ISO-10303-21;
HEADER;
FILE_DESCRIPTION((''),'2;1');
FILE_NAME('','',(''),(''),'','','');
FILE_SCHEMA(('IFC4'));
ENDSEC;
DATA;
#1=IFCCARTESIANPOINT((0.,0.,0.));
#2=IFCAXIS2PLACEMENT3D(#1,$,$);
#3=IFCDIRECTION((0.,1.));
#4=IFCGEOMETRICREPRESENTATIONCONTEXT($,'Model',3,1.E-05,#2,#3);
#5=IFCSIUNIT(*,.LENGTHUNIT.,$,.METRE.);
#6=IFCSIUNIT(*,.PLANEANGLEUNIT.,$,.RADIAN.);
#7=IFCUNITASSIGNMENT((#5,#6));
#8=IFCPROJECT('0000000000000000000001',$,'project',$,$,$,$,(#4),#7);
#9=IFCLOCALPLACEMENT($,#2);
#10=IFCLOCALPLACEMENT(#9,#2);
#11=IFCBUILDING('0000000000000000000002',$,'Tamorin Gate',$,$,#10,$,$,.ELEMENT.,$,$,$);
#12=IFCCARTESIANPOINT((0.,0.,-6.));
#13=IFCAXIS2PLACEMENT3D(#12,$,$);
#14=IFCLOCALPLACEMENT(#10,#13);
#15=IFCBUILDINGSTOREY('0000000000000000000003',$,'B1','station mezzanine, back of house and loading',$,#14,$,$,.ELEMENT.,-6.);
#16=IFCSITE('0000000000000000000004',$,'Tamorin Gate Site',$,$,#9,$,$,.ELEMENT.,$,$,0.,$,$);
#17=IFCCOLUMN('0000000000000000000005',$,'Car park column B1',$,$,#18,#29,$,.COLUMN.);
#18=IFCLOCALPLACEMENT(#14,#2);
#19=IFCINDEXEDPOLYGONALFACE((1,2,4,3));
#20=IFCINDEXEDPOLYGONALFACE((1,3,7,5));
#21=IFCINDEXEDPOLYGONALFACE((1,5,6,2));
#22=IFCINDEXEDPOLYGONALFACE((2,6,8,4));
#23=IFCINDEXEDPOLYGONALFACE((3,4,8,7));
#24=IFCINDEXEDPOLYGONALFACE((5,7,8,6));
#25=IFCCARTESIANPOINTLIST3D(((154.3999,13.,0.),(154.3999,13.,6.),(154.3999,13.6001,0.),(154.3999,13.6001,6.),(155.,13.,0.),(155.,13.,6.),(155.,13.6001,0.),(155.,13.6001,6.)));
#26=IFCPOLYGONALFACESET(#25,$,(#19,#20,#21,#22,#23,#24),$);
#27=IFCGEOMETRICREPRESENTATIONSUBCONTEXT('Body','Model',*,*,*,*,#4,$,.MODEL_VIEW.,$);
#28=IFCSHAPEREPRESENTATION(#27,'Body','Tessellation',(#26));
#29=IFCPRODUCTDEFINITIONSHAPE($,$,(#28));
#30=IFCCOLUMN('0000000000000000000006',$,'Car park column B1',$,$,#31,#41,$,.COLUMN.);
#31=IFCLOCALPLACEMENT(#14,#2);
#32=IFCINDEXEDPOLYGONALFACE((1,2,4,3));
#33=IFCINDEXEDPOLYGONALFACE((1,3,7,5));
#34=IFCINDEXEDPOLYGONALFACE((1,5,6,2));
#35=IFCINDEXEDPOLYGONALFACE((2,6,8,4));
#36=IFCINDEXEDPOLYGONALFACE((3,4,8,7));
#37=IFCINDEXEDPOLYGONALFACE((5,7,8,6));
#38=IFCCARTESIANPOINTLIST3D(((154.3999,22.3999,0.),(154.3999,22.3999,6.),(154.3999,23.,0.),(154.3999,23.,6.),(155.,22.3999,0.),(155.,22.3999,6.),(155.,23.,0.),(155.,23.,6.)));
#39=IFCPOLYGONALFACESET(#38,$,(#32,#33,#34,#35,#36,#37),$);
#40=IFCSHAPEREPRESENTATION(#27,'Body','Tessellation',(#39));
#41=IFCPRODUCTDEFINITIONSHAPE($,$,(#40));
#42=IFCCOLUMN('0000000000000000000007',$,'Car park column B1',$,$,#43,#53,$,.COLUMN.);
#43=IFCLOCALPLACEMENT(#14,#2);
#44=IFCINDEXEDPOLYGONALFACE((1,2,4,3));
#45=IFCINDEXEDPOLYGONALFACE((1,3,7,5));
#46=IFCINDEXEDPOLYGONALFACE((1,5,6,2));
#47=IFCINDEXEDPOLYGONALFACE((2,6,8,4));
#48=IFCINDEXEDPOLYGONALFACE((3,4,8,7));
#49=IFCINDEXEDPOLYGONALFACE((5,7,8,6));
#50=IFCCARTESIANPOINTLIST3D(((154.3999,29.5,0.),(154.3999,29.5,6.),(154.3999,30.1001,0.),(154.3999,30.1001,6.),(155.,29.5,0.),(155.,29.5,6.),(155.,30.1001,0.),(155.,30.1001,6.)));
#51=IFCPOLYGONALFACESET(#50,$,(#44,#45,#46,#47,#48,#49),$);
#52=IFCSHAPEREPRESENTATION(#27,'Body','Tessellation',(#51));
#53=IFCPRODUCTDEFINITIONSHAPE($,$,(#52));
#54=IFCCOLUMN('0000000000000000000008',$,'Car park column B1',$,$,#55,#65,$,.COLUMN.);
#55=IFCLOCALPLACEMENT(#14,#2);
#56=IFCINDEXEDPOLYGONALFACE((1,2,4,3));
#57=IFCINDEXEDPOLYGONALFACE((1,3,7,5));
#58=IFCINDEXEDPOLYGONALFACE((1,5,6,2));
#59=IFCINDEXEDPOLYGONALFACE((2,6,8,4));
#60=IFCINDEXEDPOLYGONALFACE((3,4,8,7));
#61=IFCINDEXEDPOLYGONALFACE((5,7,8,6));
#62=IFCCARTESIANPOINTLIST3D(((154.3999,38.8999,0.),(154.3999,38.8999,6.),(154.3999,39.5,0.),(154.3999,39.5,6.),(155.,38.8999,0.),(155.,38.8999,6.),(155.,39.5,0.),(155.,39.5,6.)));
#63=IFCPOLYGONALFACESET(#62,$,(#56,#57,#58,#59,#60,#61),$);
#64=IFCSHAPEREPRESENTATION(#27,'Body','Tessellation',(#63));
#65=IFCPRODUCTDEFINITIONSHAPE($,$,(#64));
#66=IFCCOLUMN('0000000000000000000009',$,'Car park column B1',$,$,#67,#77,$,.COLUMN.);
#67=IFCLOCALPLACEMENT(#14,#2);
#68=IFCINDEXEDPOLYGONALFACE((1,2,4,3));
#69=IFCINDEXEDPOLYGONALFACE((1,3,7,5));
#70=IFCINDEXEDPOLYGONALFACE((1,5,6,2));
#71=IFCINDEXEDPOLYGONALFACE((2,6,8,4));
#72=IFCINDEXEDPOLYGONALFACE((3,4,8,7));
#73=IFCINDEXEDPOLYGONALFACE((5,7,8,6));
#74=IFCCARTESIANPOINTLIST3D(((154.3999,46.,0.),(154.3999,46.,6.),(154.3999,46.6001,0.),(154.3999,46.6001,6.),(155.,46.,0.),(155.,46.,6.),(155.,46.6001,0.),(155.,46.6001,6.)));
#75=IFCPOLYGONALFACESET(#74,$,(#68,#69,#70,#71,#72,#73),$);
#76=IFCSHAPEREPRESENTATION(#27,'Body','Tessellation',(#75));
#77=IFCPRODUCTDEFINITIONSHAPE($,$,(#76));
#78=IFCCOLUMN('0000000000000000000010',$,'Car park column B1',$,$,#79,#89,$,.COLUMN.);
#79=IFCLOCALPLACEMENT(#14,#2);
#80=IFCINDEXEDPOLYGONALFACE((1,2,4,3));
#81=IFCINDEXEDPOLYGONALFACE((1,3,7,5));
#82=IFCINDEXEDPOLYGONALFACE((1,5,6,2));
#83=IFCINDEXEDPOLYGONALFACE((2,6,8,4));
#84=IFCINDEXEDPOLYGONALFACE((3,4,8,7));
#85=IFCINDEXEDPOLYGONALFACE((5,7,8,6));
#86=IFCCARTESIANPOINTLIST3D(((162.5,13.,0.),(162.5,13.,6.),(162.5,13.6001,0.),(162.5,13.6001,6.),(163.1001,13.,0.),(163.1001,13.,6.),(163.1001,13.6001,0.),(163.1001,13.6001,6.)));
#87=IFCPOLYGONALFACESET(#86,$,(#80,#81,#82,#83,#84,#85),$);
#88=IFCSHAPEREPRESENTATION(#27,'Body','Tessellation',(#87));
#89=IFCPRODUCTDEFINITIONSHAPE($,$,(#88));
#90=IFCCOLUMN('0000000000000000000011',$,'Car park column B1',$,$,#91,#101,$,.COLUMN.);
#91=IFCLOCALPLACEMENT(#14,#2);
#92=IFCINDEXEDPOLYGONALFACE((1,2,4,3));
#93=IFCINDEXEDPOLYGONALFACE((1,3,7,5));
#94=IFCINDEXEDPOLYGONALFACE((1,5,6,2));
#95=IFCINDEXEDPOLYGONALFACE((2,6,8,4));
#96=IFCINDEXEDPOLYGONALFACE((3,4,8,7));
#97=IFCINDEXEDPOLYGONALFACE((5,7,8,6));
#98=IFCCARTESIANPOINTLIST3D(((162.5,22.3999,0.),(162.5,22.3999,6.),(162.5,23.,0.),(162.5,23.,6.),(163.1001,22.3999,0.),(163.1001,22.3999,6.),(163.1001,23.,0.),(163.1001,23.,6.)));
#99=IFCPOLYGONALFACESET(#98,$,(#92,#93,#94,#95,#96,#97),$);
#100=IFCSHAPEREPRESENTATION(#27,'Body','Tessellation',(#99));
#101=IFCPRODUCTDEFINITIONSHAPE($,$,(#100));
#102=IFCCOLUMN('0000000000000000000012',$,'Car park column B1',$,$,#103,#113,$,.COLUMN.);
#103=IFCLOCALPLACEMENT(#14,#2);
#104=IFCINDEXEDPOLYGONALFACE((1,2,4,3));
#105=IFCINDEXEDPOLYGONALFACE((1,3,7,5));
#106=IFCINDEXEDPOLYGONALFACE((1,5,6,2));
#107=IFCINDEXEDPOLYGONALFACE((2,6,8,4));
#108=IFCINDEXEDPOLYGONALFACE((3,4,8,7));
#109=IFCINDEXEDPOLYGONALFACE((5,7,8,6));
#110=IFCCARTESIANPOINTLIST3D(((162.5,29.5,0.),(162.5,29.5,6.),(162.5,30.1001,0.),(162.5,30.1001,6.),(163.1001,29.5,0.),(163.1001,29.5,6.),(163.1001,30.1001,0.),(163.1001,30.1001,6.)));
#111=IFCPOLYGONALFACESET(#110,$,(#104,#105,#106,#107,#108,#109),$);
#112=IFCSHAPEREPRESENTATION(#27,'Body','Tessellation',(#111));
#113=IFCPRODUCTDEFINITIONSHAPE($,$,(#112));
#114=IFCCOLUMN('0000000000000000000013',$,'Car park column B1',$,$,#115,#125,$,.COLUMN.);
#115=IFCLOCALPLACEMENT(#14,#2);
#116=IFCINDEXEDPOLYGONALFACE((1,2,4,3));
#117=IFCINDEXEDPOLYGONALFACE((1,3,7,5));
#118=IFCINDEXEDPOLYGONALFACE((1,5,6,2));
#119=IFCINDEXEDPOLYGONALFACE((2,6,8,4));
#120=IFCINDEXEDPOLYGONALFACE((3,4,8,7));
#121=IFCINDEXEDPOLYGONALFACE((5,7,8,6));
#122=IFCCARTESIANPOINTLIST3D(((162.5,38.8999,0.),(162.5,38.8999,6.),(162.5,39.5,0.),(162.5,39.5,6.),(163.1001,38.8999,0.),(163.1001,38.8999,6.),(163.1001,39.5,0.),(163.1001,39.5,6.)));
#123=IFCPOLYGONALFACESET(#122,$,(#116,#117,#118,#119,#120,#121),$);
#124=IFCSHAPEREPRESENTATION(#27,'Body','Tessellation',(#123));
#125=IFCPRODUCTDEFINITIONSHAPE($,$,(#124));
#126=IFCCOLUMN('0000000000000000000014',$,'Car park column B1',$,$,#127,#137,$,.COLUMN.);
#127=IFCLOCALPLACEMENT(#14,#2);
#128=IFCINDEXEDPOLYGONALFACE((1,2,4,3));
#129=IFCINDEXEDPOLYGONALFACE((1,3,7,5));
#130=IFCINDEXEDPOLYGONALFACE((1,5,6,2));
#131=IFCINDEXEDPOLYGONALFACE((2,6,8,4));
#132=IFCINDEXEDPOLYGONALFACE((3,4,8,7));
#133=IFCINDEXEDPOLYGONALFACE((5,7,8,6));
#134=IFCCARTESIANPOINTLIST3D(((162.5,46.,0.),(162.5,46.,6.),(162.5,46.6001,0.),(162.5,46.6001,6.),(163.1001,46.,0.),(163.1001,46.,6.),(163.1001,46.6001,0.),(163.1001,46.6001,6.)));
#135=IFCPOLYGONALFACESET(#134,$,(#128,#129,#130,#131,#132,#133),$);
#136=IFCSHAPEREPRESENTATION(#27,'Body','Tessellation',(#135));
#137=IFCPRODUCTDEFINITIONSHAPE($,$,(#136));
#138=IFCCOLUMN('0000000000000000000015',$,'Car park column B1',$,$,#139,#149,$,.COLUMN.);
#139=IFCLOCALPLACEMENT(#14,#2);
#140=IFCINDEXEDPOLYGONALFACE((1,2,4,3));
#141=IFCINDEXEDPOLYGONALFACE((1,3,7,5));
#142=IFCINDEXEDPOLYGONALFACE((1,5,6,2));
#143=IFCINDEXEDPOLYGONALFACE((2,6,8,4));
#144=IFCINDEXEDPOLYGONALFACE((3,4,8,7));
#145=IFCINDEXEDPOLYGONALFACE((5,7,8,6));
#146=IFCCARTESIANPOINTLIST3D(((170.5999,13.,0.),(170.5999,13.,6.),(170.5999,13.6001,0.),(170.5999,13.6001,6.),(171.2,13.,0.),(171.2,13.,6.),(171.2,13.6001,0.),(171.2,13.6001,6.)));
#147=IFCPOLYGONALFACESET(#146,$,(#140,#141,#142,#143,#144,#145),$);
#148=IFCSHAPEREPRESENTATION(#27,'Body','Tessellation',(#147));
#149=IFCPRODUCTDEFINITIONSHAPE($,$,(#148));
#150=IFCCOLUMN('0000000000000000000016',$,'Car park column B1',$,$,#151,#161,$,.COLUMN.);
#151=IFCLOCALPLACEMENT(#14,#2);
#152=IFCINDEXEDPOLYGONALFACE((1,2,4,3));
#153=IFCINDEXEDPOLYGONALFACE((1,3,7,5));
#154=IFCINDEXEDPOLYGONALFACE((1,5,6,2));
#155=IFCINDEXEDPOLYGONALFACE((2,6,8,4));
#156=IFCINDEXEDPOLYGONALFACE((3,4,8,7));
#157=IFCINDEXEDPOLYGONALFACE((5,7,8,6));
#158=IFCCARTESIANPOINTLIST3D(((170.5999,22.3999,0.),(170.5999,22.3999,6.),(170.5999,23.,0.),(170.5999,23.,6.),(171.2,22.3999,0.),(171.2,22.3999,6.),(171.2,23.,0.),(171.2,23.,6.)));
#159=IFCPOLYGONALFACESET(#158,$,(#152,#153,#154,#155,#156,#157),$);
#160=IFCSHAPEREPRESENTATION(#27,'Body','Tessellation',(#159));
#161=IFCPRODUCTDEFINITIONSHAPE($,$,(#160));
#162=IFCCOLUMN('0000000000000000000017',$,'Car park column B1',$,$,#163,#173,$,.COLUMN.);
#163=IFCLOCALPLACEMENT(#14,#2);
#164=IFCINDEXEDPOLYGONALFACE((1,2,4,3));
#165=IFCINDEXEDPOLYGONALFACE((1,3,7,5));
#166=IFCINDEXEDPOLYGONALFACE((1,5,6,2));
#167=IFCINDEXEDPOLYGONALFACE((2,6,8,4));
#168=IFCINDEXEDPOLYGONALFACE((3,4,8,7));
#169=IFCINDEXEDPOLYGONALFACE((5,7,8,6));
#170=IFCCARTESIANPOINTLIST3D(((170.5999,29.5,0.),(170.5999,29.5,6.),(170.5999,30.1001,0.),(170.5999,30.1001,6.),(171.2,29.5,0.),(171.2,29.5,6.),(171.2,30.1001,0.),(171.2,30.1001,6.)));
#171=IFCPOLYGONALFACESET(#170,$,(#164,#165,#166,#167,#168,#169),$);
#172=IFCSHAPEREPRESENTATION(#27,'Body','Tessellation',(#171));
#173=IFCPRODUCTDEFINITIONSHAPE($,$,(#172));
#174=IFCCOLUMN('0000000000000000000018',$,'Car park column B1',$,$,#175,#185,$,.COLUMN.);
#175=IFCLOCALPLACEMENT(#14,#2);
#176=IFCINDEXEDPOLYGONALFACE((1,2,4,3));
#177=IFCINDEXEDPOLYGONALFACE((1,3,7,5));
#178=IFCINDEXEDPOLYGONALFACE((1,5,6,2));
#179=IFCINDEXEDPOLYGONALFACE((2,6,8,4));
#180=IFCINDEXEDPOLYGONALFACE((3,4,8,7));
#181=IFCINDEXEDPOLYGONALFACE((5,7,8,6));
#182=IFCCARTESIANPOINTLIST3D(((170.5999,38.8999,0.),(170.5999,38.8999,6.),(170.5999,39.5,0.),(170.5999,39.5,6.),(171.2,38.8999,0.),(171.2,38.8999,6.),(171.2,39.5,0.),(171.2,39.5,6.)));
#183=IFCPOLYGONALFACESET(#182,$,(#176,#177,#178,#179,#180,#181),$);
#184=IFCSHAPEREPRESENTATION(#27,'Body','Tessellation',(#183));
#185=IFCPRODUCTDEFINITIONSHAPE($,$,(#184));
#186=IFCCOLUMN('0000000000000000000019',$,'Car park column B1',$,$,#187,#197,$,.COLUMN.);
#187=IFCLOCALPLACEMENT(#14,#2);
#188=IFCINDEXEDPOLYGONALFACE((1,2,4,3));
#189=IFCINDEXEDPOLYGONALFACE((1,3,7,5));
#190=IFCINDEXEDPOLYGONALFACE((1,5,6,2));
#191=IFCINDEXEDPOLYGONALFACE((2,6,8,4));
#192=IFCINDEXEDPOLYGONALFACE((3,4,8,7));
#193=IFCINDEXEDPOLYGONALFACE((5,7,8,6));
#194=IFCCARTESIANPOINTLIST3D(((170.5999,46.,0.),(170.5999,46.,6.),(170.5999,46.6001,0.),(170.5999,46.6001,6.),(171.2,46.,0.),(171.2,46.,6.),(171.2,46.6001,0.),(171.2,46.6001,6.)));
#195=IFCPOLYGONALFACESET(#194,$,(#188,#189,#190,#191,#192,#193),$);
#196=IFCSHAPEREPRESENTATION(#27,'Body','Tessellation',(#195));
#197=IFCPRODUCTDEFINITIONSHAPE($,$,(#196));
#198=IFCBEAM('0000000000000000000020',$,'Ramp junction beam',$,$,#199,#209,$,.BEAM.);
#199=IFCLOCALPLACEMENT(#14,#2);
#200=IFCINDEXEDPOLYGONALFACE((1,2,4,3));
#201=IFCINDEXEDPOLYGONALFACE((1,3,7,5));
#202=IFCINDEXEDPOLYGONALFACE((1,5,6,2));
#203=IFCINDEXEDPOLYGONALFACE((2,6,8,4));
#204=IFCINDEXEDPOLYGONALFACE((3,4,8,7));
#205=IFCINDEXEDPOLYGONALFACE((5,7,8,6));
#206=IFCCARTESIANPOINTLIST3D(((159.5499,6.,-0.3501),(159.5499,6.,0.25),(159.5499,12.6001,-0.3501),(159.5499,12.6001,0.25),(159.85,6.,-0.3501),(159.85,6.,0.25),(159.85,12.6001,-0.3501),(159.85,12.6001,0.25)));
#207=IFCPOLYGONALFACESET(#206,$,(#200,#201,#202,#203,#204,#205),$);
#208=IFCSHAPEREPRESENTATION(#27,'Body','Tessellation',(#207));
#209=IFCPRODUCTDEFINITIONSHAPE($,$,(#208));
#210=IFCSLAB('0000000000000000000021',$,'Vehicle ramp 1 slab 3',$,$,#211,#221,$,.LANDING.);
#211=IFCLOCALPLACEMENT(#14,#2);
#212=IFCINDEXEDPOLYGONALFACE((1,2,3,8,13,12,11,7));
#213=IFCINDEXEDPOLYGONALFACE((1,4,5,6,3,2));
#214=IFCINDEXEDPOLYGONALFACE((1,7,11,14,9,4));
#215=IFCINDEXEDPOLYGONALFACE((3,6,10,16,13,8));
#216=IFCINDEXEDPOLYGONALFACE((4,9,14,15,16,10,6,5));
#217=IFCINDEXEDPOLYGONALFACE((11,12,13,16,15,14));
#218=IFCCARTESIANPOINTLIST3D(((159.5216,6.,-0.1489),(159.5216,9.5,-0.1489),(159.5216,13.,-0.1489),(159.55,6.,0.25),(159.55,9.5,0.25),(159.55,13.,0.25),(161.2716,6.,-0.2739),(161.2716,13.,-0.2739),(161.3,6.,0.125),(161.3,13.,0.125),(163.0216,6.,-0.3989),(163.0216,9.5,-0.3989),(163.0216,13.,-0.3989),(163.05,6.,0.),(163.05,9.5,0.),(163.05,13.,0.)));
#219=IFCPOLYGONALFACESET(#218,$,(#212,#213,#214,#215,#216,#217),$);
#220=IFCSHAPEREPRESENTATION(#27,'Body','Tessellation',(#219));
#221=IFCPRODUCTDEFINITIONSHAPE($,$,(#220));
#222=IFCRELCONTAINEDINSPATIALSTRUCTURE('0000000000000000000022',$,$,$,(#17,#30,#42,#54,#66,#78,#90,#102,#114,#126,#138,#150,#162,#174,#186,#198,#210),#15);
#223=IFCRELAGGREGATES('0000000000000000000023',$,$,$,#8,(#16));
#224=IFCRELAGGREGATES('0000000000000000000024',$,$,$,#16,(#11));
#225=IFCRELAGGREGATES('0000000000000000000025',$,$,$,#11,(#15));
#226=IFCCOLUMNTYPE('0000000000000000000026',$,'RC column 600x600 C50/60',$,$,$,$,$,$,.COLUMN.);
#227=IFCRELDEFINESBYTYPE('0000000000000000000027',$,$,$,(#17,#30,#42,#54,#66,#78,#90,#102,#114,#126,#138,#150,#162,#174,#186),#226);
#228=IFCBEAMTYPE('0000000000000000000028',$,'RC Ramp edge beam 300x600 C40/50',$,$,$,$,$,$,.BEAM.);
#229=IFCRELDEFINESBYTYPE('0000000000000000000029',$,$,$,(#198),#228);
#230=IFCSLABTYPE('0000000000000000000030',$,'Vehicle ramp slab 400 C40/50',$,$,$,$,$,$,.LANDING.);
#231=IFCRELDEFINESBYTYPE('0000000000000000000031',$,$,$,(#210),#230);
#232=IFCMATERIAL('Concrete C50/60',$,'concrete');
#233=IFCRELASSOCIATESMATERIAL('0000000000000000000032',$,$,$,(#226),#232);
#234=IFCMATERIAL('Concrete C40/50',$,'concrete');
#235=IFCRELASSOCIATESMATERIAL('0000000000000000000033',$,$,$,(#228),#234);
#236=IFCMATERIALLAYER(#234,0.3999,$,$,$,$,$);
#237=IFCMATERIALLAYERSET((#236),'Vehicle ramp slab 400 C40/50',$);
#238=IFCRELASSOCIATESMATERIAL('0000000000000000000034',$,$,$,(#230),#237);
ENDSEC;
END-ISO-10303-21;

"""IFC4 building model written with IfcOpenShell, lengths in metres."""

from ifc_helpers import new_model, si_unit, direction, frame, origin, origin_2d, place, context, subcontext, project, spatial, polyline, rectangle, outline, extrude, material, layer, layer_set, material_profile, profile_set, type_object, element, save


model = new_model("IFC4")

# Units and contexts
model_context = context("Model", 3, precision=1e-05, world=origin(), true_north=direction((0.0, 1.0)))
body_context = subcontext(model_context, "Body", "Model", "MODEL_VIEW")
ifc_project = project(units=[si_unit("LENGTHUNIT", "METRE"), si_unit("PLANEANGLEUNIT", "RADIAN")], contexts=[model_context])

# Site, building, storey
site_placement = place(None, origin())
site = spatial("IfcSite", under=ifc_project, at=site_placement, Name="Tamorin Gate Site", CompositionType="ELEMENT", RefElevation=0.0)
building_placement = place(site_placement, origin())
building = spatial("IfcBuilding", under=site, at=building_placement, Name="Tamorin Gate", CompositionType="ELEMENT")
storey_placement = place(building_placement, frame((0.0, 0.0, -6.0)))
storey = spatial("IfcBuildingStorey", under=building, at=storey_placement, Name="B1", Description="station mezzanine, back of house and loading", CompositionType="ELEMENT", Elevation=-6.0)

# Shared definitions
ifc_material_1 = material(Name="Concrete C40/50", Category="concrete")

# Columns
ifc_material_2 = material(Name="Concrete C50/60", Category="concrete")
ifc_material_profile_1 = material_profile(ifc_material_2, rectangle(XDim=0.6001, YDim=0.6001, at=origin_2d()))
ifc_profile_set_1 = profile_set([ifc_material_profile_1], Name="Concrete C50/60")
column_type = type_object("IfcColumnType", Name="RC column 600x600 C50/60", PredefinedType="COLUMN", material=ifc_profile_set_1)
for number, where, z_axis, x_axis, name in (
    (1, (154.7, 13.3, 0.0), (0.0, 0.0, 1.0), (1.0, 0.0, 0.0), "Car park column B1"),
    (2, (154.7, 22.7, 0.0), (0.0, 0.0, 1.0), (1.0, 0.0, 0.0), "Car park column B1"),
    (3, (154.7, 29.8, 0.0), (0.0, 0.0, 1.0), (1.0, 0.0, 0.0), "Car park column B1"),
    (4, (154.7, 39.2, 0.0), (0.0, 0.0, 1.0), (1.0, 0.0, 0.0), "Car park column B1"),
    (5, (154.7, 46.3, 0.0), (0.0, 0.0, 1.0), (1.0, 0.0, 0.0), "Car park column B1"),
    (6, (162.8, 13.3, 0.0), (0.0, 0.0, 1.0), (1.0, 0.0, 0.0), "Car park column B1"),
    (7, (162.8, 22.7, 0.0), (0.0, 0.0, 1.0), (1.0, 0.0, 0.0), "Car park column B1"),
    (8, (162.8, 29.8, 0.0), (0.0, 0.0, 1.0), (1.0, 0.0, 0.0), "Car park column B1"),
    (9, (162.8, 39.2, 0.0), (0.0, 0.0, 1.0), (1.0, 0.0, 0.0), "Car park column B1"),
    (10, (162.8, 46.3, 0.0), (0.0, 0.0, 1.0), (1.0, 0.0, 0.0), "Car park column B1"),
    (11, (170.8999, 13.3, 0.0), (0.0, 0.0, 1.0), (1.0, 0.0, 0.0), "Car park column B1"),
    (12, (170.8999, 22.7, 0.0), (0.0, 0.0, 1.0), (1.0, 0.0, 0.0), "Car park column B1"),
    (13, (170.8999, 29.8, 0.0), (0.0, 0.0, 1.0), (1.0, 0.0, 0.0), "Car park column B1"),
    (14, (170.8999, 39.2, 0.0), (0.0, 0.0, 1.0), (1.0, 0.0, 0.0), "Car park column B1"),
    (15, (170.8999, 46.3, 0.0), (0.0, 0.0, 1.0), (1.0, 0.0, 0.0), "Car park column B1"),
):
    element("IfcColumn", number, at=place(storey_placement, frame(where, z_axis=z_axis, x_axis=x_axis)), inside=storey, type_object=column_type, Name=name, PredefinedType="COLUMN", context=body_context, shape_type="SweptSolid", body=[
        extrude(rectangle(XDim=0.6001, YDim=0.6001, at=origin_2d()), origin(), (0.0, 0.0, 1.0), 6.0),
    ])

# Beam
ifc_material_profile_2 = material_profile(ifc_material_1, rectangle(XDim=0.3, YDim=0.6001, at=origin_2d()))
ifc_profile_set_2 = profile_set([ifc_material_profile_2], Name="Concrete C40/50")
beam_type = type_object("IfcBeamType", Name="RC Ramp edge beam 300x600 C40/50", PredefinedType="BEAM", material=ifc_profile_set_2)
beam_placement = place(storey_placement, frame((159.7, 6.0, -0.05), z_axis=(0.0, 1.0, 0.0), x_axis=(-1.0, 0.0, 0.0)))
element("IfcBeam", 16, at=beam_placement, inside=storey, type_object=beam_type, Name="Ramp junction beam", PredefinedType="BEAM", context=body_context, shape_type="SweptSolid", body=[
    extrude(rectangle(XDim=0.3, YDim=0.6001, at=origin_2d()), origin(), (0.0, 0.0, 1.0), 6.6001),
])

# Slab
ifc_layer = layer(ifc_material_1, 0.3999)
ifc_layer_set = layer_set([ifc_layer], Name="Vehicle ramp slab 400 C40/50")
slab_type = type_object("IfcSlabType", Name="Vehicle ramp slab 400 C40/50", PredefinedType="LANDING", material=ifc_layer_set)
slab_placement = place(storey_placement, frame((159.55, 6.0, 0.25), z_axis=(0.071247, 0.0, 0.997459), x_axis=(0.997459, 0.0, -0.071247)))
element("IfcSlab", 17, at=slab_placement, inside=storey, type_object=slab_type, Name="Vehicle ramp 1 slab 3", PredefinedType="LANDING", context=body_context, shape_type="SweptSolid", body=[
    extrude(outline(polyline([(0.0, 0.0), (1.7545, 0.0), (3.5089, 0.0), (3.5089, 3.5), (3.5089, 7.0), (1.7545, 7.0), (0.0, 7.0), (0.0, 3.5), (0.0, 0.0)])), origin(), (0.0, 0.0, -1.0), 0.3999),
])

save(model, "model.ifc")
